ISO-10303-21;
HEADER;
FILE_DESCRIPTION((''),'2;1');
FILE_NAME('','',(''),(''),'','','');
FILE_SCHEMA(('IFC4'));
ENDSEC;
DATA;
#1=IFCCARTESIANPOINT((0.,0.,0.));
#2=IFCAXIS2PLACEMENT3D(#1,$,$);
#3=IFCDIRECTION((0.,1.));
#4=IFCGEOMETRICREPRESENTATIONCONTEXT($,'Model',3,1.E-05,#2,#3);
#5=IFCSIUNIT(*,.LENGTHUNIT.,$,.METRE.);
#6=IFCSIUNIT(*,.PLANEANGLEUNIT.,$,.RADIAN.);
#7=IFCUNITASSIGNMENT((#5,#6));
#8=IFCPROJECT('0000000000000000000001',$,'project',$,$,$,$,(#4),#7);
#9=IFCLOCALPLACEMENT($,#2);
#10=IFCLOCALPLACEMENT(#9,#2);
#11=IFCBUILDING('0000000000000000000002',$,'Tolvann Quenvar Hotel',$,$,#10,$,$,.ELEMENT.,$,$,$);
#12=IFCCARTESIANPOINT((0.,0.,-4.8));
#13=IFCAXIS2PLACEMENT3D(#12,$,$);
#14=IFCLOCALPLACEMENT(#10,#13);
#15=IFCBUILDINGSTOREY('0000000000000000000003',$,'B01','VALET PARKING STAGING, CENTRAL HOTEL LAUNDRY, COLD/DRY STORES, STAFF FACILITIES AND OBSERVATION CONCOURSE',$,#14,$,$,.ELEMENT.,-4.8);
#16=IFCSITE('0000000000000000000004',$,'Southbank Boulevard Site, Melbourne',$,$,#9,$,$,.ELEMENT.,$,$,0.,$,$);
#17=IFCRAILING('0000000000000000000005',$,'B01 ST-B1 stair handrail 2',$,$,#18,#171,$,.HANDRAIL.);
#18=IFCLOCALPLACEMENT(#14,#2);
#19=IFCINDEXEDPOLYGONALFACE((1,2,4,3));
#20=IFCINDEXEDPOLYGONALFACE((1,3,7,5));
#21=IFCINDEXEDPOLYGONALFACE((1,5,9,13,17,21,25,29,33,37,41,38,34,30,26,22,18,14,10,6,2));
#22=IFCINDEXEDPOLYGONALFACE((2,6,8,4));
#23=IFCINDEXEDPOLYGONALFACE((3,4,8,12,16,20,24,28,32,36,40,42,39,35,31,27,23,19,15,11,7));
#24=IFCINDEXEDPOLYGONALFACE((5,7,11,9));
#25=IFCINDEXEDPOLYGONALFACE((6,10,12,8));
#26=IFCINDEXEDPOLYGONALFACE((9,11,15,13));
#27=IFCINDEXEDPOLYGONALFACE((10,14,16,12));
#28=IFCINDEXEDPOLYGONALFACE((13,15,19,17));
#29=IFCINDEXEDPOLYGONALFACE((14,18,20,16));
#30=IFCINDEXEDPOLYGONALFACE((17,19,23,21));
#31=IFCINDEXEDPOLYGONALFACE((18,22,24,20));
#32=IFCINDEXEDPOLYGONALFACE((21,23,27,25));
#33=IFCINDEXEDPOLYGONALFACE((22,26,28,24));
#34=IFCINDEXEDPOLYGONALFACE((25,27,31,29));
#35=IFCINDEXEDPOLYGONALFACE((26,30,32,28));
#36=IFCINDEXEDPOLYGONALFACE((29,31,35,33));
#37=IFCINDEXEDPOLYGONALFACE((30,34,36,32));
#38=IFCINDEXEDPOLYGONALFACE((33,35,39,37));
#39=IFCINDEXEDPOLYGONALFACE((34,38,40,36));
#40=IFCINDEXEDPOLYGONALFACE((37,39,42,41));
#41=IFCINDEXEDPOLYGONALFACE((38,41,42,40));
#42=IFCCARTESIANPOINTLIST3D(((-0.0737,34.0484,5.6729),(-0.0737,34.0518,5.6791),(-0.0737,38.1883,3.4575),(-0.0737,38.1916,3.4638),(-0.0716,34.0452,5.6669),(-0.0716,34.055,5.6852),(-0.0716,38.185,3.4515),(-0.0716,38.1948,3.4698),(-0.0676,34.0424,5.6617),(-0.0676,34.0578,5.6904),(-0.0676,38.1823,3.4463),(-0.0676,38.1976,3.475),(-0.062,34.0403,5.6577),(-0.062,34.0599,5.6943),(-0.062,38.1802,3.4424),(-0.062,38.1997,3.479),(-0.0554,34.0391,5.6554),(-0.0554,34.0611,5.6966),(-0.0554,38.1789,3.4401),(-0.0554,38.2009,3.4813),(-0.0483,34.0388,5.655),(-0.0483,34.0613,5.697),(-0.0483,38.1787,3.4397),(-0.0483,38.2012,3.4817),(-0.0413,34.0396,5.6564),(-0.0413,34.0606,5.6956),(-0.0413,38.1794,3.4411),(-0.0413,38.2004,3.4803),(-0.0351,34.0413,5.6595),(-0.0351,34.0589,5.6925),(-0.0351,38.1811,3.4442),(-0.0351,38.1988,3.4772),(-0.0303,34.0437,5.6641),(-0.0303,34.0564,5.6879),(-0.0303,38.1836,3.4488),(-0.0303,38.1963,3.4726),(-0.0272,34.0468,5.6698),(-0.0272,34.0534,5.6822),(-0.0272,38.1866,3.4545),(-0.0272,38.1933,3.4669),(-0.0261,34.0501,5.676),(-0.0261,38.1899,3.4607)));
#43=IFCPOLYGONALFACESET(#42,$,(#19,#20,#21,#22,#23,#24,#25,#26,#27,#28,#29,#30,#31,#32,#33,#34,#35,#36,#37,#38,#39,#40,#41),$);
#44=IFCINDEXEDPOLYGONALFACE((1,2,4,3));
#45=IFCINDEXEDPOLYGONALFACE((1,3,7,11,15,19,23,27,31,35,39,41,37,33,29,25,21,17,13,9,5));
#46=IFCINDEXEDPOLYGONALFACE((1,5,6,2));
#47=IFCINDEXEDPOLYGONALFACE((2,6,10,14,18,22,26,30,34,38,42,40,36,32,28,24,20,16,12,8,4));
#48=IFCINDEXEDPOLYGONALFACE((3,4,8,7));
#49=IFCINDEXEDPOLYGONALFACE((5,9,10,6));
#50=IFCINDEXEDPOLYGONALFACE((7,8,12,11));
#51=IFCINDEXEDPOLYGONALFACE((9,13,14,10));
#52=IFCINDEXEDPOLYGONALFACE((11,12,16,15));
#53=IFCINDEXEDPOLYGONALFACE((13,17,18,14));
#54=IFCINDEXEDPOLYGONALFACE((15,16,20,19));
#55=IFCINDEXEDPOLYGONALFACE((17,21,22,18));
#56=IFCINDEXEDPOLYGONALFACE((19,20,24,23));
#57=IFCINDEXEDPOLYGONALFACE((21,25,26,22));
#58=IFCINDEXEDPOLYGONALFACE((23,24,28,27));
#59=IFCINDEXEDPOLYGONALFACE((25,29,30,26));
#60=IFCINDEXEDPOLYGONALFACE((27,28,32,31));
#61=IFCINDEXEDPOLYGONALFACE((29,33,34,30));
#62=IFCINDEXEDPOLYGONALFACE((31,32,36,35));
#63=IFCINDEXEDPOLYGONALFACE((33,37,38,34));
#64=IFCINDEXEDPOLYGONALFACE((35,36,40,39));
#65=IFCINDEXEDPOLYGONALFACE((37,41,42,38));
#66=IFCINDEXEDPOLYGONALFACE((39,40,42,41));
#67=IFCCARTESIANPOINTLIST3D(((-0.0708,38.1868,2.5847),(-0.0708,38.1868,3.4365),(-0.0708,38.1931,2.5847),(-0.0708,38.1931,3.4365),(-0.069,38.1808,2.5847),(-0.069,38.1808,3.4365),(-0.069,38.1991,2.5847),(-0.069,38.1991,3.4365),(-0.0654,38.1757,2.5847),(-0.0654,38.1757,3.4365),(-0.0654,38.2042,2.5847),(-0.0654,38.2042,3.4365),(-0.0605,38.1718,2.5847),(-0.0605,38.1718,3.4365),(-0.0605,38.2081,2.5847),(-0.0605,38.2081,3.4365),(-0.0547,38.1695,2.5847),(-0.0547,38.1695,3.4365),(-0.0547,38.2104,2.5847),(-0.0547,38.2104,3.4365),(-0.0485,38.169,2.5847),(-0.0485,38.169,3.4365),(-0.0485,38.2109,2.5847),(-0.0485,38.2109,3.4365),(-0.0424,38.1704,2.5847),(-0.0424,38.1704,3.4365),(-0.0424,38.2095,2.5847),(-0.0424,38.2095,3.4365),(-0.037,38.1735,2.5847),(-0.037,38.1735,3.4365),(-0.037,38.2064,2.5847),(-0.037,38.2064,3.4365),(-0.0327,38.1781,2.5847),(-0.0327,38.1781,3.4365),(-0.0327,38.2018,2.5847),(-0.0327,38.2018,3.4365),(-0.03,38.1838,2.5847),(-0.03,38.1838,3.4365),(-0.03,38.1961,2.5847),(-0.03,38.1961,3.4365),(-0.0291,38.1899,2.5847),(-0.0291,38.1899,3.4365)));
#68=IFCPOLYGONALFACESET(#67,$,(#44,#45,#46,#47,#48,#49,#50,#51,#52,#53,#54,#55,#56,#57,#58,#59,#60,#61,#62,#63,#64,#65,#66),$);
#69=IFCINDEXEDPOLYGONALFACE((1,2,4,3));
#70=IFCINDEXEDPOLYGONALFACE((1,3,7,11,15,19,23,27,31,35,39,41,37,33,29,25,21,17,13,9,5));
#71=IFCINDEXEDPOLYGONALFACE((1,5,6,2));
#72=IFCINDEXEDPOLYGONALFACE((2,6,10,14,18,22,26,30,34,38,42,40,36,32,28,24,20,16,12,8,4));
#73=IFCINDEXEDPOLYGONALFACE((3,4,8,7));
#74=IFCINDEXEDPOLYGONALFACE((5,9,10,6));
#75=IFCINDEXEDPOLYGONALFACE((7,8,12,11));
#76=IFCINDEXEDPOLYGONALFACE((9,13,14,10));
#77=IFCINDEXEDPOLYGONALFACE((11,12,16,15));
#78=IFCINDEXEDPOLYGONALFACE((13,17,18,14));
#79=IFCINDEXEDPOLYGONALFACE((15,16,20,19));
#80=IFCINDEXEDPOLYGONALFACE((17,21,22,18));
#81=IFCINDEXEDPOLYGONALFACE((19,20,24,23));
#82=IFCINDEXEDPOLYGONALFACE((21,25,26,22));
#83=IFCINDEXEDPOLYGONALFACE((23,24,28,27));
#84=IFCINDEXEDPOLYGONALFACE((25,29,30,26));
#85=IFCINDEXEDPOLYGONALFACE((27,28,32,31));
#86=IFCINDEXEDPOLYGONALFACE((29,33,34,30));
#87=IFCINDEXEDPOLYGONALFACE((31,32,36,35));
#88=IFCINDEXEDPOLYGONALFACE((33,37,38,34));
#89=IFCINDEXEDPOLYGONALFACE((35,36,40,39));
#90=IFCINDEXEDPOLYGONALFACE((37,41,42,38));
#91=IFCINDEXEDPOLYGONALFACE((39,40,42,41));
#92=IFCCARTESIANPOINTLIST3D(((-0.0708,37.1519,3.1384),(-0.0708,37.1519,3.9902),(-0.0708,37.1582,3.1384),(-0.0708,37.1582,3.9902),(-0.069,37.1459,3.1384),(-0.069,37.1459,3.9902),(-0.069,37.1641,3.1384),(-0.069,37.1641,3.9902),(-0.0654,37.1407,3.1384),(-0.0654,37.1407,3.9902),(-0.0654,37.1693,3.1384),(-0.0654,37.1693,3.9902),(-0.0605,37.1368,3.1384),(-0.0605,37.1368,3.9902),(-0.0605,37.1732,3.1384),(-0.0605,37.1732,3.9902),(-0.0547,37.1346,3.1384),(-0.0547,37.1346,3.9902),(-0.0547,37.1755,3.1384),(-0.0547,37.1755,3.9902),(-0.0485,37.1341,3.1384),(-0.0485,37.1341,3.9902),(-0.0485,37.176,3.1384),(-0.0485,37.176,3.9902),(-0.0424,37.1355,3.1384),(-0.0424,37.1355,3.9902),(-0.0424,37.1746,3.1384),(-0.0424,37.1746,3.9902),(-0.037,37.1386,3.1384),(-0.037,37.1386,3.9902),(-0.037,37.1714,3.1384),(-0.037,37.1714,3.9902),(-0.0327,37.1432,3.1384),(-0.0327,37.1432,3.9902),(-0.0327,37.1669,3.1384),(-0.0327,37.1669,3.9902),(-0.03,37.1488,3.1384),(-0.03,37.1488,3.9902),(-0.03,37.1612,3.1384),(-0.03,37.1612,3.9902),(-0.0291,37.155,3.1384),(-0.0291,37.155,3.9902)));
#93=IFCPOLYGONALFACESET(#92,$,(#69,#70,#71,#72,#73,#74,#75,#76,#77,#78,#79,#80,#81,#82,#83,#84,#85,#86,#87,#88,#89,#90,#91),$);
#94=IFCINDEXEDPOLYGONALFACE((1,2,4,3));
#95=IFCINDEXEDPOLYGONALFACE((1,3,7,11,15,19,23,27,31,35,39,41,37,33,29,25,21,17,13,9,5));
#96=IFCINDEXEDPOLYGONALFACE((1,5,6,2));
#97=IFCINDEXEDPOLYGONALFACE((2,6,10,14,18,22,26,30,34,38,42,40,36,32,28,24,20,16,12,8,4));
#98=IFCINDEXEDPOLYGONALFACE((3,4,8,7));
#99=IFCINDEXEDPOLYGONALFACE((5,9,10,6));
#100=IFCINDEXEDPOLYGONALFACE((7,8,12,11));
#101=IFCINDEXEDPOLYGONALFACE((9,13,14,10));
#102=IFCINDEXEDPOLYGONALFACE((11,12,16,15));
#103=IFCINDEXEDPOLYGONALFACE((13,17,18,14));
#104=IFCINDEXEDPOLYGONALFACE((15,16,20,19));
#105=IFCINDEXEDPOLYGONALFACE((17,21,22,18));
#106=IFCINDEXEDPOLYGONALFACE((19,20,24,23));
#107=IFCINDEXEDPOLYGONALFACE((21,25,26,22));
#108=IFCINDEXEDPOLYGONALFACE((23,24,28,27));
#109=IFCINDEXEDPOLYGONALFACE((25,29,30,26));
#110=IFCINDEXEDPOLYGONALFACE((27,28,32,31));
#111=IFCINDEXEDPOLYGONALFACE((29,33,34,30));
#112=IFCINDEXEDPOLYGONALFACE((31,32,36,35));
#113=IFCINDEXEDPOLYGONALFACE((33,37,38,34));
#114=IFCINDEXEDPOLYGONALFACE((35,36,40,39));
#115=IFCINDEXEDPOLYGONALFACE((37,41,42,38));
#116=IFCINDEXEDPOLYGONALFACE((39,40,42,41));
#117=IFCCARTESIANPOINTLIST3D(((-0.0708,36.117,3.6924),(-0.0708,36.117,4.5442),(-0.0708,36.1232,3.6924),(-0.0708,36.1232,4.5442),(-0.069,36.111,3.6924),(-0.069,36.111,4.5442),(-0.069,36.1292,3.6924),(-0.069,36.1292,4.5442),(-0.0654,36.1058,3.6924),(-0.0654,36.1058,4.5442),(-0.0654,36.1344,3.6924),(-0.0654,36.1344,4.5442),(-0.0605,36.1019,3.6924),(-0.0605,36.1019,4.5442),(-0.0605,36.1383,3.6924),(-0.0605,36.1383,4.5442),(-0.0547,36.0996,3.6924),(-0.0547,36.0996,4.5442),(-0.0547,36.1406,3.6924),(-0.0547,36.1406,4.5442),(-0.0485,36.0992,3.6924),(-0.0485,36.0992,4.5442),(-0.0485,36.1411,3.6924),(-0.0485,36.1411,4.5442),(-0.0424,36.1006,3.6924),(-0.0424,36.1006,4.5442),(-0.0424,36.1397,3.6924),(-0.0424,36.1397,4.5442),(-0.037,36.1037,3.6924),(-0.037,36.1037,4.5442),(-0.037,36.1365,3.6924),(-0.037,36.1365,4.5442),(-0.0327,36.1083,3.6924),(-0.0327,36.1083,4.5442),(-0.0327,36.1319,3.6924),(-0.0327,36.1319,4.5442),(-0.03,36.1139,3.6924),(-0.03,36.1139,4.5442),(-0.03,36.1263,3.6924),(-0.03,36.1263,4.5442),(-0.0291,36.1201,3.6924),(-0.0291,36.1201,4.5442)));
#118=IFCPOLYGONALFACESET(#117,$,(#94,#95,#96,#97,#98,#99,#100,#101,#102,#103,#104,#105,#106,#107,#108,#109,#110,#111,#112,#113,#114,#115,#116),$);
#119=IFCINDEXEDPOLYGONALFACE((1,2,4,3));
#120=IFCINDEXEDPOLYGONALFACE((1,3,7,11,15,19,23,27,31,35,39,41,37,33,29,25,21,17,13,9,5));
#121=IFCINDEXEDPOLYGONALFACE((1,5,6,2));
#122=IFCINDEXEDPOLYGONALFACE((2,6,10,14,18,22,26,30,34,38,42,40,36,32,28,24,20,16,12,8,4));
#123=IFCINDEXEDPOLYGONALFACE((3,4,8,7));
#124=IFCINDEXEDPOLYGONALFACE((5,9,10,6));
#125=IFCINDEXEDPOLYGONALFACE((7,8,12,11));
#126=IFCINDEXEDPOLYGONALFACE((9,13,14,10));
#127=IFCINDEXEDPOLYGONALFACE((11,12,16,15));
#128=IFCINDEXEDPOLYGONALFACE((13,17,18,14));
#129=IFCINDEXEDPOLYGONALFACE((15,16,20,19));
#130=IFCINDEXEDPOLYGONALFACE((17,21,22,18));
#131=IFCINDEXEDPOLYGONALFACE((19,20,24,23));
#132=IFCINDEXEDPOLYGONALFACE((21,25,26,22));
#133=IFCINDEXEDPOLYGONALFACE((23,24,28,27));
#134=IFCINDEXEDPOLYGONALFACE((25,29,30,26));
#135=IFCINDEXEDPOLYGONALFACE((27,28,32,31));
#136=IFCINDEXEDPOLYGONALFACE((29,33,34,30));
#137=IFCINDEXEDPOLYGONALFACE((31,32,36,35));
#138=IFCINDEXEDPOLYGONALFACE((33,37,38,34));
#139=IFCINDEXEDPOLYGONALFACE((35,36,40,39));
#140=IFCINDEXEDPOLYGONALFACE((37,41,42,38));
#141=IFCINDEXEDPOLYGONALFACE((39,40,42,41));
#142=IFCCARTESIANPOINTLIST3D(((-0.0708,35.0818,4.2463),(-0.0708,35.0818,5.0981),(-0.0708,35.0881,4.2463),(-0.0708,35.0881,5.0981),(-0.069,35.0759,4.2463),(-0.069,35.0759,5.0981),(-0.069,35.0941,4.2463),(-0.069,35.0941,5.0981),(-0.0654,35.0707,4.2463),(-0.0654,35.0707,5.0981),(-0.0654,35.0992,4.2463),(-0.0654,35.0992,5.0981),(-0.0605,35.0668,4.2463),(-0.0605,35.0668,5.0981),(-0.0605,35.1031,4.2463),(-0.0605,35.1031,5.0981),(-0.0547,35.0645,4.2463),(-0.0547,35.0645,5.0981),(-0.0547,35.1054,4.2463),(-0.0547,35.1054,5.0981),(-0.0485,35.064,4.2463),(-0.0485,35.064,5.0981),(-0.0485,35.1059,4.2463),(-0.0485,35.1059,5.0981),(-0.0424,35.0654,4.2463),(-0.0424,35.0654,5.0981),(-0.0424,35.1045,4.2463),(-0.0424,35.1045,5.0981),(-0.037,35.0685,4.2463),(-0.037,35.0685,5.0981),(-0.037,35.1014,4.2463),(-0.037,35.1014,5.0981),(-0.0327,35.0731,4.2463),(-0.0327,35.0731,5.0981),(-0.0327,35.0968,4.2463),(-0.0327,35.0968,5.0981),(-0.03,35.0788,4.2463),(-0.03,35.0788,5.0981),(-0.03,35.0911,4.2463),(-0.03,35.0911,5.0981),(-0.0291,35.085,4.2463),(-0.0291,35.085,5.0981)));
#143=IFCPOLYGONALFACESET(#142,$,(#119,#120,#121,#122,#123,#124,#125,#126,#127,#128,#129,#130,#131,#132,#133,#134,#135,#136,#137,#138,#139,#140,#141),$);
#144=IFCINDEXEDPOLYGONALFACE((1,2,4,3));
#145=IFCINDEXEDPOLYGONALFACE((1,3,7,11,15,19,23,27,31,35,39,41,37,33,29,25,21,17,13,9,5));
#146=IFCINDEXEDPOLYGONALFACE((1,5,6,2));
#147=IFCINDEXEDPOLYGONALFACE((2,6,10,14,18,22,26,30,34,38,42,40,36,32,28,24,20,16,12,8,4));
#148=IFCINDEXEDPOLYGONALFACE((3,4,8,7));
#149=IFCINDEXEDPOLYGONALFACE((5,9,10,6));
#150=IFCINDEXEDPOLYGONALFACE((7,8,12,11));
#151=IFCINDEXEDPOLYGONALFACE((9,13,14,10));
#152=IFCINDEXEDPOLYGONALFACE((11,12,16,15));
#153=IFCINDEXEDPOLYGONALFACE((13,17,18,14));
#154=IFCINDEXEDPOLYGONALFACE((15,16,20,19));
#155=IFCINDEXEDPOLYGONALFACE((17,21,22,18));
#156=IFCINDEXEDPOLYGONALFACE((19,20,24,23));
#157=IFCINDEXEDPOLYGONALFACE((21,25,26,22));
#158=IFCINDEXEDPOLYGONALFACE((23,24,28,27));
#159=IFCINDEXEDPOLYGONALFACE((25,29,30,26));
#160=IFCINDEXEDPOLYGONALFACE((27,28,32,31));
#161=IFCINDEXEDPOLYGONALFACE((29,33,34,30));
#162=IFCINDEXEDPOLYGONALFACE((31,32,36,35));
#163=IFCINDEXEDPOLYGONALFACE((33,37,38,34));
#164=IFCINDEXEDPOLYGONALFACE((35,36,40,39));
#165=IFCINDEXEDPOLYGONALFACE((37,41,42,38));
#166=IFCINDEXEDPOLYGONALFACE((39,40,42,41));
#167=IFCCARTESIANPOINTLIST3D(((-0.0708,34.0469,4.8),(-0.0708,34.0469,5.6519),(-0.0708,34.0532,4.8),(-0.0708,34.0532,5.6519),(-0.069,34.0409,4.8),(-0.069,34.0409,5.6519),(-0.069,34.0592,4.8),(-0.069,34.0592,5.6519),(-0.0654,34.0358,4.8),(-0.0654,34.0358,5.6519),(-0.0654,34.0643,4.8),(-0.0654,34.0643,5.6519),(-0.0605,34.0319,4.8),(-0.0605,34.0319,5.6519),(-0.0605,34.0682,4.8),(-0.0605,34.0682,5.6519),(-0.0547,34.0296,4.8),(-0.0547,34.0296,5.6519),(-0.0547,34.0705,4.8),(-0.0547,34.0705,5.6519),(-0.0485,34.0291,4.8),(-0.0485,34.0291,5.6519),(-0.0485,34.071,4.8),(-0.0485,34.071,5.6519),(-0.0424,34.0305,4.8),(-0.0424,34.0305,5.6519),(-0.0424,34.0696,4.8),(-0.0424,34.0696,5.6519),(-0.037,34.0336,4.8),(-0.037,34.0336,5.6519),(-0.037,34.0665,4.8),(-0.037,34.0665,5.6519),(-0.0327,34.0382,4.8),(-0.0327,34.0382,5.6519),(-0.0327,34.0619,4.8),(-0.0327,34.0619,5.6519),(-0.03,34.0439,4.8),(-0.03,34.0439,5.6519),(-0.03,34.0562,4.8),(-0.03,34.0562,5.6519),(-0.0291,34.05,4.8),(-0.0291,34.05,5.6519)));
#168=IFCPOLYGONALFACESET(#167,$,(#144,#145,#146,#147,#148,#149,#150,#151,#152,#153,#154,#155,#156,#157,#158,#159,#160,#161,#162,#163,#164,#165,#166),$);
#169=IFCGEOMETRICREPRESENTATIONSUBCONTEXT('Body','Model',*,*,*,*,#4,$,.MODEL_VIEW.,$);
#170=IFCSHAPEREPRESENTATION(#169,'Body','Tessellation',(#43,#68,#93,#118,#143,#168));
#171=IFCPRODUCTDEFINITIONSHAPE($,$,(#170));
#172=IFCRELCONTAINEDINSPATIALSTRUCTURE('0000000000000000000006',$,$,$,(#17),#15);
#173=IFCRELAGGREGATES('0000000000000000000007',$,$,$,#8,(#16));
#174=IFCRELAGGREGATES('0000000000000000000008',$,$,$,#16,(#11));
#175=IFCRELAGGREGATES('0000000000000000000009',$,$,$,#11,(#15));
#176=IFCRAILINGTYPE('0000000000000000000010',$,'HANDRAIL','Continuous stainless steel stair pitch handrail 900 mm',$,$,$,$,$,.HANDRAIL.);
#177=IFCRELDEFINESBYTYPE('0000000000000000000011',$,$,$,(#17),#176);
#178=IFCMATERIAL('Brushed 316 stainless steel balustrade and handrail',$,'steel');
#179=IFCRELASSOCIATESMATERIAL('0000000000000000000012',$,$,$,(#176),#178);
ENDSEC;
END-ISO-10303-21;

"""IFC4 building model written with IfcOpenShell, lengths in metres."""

from ifc_helpers import new_model, si_unit, direction, frame, origin, origin_2d, place, context, subcontext, project, spatial, circle, extrude, material, type_object, element, save


model = new_model("IFC4")

# Units and contexts
model_context = context("Model", 3, precision=1e-05, world=origin(), true_north=direction((0.0, 1.0)))
body_context = subcontext(model_context, "Body", "Model", "MODEL_VIEW")
ifc_project = project(units=[si_unit("LENGTHUNIT", "METRE"), si_unit("PLANEANGLEUNIT", "RADIAN")], contexts=[model_context])

# Site, building, storey
site_placement = place(None, origin())
site = spatial("IfcSite", under=ifc_project, at=site_placement, Name="Southbank Boulevard Site, Melbourne", CompositionType="ELEMENT", RefElevation=0.0)
building_placement = place(site_placement, origin())
building = spatial("IfcBuilding", under=site, at=building_placement, Name="Tolvann Quenvar Hotel", CompositionType="ELEMENT")
storey_placement = place(building_placement, frame((0.0, 0.0, -4.8)))
storey = spatial("IfcBuildingStorey", under=building, at=storey_placement, Name="B01", Description="VALET PARKING STAGING, CENTRAL HOTEL LAUNDRY, COLD/DRY STORES, STAFF FACILITIES AND OBSERVATION CONCOURSE", CompositionType="ELEMENT", Elevation=-4.8)

# Railing
ifc_material_1 = material(Name="Brushed 316 stainless steel balustrade and handrail", Category="steel")
railing_type_1 = type_object("IfcRailingType", Name="HANDRAIL", Description="Continuous stainless steel stair pitch handrail 900 mm", PredefinedType="HANDRAIL", material=ifc_material_1)
railing_1_placement = place(storey_placement, frame((-0.05, 38.1899, 2.5847)))
element("IfcRailing", 1, at=railing_1_placement, inside=storey, type_object=railing_type_1, Name="B01 ST-B1 stair handrail 2", PredefinedType="HANDRAIL", context=body_context, shape_type="SweptSolid", body=[
    extrude(circle(Radius=0.0239, at=origin_2d()), frame((0.0, 0.0, 0.876), z_axis=(0.0, -0.881699, 0.471813), x_axis=(1.0, 0.0, 0.0)), (0.0, 0.0, 1.0), 4.6953),
    extrude(circle(Radius=0.021, at=origin_2d()), origin(), (0.0, 0.0, 1.0), 0.8518),
    extrude(circle(Radius=0.021, at=origin_2d()), frame((0.0, -1.0349, 0.5537)), (0.0, 0.0, 1.0), 0.8518),
    extrude(circle(Radius=0.021, at=origin_2d()), frame((0.0, -2.0698, 1.1077)), (0.0, 0.0, 1.0), 0.8518),
    extrude(circle(Radius=0.021, at=origin_2d()), frame((0.0, -3.105, 1.6616)), (0.0, 0.0, 1.0), 0.8518),
    extrude(circle(Radius=0.021, at=origin_2d()), frame((0.0, -4.1399, 2.2153)), (0.0, 0.0, 1.0), 0.8518),
])

save(model, "model.ifc")
